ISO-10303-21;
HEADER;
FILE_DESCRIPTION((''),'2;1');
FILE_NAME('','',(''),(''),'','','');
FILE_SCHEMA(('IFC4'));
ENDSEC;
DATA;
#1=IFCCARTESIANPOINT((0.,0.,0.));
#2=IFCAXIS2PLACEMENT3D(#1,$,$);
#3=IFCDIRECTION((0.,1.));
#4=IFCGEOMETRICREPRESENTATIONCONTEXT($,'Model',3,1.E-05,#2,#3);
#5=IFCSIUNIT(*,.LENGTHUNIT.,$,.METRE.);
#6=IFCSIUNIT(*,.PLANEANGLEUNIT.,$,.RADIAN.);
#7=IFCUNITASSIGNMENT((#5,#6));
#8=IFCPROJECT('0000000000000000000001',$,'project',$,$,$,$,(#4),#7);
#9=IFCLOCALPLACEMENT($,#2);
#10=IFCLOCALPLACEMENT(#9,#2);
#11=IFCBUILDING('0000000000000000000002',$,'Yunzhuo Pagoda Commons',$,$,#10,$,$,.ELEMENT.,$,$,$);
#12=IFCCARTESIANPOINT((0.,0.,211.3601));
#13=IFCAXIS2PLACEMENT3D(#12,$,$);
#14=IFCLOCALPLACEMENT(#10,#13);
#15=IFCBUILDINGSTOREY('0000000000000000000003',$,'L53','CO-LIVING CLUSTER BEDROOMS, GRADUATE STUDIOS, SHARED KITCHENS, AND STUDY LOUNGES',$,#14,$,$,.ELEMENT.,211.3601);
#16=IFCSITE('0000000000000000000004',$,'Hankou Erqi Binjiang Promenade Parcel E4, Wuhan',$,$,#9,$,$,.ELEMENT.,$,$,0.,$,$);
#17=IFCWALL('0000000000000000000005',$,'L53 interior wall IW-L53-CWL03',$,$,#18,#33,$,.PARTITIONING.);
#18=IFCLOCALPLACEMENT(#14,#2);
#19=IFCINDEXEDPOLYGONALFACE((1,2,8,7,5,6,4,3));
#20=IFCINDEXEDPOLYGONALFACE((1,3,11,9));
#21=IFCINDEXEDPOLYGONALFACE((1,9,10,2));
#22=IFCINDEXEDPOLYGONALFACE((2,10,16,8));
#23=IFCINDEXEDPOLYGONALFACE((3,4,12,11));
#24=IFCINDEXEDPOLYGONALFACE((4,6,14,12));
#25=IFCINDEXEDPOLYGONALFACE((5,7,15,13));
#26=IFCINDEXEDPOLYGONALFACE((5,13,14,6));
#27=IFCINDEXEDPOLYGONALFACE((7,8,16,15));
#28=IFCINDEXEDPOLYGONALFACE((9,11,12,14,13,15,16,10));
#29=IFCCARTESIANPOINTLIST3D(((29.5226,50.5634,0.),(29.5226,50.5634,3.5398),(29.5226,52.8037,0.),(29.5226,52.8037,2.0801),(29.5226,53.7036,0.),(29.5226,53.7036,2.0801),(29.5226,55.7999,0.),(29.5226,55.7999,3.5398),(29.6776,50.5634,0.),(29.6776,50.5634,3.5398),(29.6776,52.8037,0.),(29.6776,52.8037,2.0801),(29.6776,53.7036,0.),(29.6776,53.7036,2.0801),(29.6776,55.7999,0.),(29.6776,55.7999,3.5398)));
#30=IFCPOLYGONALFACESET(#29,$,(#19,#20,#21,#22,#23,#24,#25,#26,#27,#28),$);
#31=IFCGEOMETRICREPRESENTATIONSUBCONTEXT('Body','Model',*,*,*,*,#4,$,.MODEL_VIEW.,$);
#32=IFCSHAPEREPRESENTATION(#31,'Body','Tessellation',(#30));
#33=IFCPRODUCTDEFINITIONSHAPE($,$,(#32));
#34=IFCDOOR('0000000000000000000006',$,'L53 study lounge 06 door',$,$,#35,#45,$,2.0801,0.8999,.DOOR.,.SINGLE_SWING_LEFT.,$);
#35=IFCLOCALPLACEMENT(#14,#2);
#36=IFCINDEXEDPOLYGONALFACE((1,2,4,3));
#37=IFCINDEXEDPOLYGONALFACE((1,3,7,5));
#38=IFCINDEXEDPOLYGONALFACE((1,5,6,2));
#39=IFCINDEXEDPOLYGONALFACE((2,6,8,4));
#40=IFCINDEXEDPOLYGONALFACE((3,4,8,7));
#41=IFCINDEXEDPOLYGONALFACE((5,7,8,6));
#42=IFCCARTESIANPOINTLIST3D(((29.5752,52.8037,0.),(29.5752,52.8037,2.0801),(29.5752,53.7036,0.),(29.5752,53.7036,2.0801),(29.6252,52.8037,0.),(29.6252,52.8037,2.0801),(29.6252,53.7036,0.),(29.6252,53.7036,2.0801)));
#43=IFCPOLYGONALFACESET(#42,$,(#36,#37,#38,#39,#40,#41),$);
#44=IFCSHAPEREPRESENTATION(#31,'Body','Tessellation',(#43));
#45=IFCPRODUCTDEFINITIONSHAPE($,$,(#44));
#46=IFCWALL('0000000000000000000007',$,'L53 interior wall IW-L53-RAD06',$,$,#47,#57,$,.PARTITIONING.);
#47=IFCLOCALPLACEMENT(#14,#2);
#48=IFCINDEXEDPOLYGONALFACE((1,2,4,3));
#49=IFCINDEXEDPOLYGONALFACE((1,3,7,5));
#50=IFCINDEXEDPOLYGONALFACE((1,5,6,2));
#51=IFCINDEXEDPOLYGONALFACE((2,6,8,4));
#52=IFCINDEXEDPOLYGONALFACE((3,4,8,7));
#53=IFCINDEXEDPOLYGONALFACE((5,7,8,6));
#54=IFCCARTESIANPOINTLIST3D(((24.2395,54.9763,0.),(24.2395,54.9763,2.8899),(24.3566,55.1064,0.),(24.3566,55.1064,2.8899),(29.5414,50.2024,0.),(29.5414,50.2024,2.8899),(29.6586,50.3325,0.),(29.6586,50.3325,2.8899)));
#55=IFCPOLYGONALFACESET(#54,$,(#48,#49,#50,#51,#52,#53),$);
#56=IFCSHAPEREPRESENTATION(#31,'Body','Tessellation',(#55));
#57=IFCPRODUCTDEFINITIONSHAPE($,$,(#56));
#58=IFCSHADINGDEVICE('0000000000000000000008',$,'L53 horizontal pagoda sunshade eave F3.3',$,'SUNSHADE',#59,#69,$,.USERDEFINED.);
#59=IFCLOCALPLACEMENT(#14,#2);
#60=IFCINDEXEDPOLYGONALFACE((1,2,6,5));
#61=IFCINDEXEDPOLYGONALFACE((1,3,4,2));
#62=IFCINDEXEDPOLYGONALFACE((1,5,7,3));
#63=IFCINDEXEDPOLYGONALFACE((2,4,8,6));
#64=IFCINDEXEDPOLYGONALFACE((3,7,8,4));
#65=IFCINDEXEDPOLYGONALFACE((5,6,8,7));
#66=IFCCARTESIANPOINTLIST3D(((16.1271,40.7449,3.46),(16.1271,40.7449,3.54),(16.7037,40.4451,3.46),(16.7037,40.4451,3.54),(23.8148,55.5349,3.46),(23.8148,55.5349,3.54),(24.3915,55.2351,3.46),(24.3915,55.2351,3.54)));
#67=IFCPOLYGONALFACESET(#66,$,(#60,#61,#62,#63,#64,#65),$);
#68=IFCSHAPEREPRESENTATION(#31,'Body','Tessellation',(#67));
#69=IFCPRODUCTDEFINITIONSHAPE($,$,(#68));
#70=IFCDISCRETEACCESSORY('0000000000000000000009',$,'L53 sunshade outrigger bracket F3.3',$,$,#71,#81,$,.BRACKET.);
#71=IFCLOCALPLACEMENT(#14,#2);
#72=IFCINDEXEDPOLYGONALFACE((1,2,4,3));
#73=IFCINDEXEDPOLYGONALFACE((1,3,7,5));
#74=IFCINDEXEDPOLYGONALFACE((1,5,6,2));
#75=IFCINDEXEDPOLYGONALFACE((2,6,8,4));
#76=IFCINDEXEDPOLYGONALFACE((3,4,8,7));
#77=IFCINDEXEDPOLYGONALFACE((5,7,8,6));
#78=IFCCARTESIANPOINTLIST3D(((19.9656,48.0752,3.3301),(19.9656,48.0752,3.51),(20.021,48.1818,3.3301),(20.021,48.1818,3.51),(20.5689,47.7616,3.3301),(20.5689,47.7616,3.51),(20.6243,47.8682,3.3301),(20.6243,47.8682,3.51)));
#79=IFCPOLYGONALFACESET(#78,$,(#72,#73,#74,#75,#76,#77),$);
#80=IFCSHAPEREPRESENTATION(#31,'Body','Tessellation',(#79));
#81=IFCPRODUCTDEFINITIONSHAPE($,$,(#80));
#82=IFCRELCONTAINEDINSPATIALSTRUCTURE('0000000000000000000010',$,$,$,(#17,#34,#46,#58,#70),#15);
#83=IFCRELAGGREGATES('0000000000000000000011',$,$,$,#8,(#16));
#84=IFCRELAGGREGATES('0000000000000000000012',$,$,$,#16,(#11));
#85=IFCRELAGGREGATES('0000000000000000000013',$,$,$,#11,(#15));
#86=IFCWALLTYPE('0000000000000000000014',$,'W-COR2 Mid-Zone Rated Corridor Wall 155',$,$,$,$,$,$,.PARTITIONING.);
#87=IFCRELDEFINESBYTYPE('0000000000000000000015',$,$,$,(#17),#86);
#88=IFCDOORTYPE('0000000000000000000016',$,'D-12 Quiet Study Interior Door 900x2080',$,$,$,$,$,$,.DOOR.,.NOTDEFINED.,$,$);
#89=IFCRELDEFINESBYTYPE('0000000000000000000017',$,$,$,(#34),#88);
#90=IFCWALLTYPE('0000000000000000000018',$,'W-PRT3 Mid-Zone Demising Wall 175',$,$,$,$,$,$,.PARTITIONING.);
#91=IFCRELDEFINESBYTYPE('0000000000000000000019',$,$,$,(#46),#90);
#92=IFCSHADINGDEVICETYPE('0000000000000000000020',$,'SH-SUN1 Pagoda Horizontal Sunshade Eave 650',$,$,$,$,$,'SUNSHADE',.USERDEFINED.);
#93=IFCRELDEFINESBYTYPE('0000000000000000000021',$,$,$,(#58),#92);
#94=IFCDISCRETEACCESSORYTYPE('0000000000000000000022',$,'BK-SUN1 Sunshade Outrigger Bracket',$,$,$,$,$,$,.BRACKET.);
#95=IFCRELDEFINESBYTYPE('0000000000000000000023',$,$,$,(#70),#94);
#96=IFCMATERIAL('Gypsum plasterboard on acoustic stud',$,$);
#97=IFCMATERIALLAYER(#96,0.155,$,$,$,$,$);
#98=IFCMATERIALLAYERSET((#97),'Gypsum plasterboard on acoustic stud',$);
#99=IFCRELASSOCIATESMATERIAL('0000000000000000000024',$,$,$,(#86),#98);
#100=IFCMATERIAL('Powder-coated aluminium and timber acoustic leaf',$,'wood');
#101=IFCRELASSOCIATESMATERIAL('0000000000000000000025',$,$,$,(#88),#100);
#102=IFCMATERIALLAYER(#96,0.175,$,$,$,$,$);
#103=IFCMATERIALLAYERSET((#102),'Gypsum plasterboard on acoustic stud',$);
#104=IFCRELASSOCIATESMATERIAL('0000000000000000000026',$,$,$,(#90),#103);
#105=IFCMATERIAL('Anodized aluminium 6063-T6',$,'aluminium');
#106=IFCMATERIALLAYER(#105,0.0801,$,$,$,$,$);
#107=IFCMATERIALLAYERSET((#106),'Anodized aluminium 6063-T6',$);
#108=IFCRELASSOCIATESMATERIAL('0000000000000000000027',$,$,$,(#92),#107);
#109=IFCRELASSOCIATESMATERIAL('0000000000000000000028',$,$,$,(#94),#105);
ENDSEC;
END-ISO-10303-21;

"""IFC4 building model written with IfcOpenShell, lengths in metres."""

from ifc_helpers import new_model, si_unit, direction, frame, frame_2d, origin, origin_with_axes, origin_2d, place, context, subcontext, project, spatial, rectangle, extrude, source, transform, mapped, material, layer, layer_set, type_object, element, fill, save


model = new_model("IFC4")

# Units and contexts
model_context = context("Model", 3, precision=1e-05, world=origin(), true_north=direction((0.0, 1.0)))
body_context = subcontext(model_context, "Body", "Model", "MODEL_VIEW")
ifc_project = project(units=[si_unit("LENGTHUNIT", "METRE"), si_unit("PLANEANGLEUNIT", "RADIAN")], contexts=[model_context])

# Site, building, storey
site_placement = place(None, origin())
site = spatial("IfcSite", under=ifc_project, at=site_placement, Name="Hankou Erqi Binjiang Promenade Parcel E4, Wuhan", CompositionType="ELEMENT", RefElevation=0.0)
building_placement = place(site_placement, origin())
building = spatial("IfcBuilding", under=site, at=building_placement, Name="Yunzhuo Pagoda Commons", CompositionType="ELEMENT")
storey_placement = place(building_placement, frame((0.0, 0.0, 211.3601)))
storey = spatial("IfcBuildingStorey", under=building, at=storey_placement, Name="L53", Description="CO-LIVING CLUSTER BEDROOMS, GRADUATE STUDIOS, SHARED KITCHENS, AND STUDY LOUNGES", CompositionType="ELEMENT", Elevation=211.3601)

# Shared definitions
ifc_material_1 = material(Name="Anodized aluminium 6063-T6", Category="aluminium")

# Wall, opening, door
ifc_material_2 = material(Name="Gypsum plasterboard on acoustic stud")
ifc_layer_1 = layer(ifc_material_2, 0.155)
ifc_layer_set_1 = layer_set([ifc_layer_1], Name="Gypsum plasterboard on acoustic stud")
wall_type_1 = type_object("IfcWallType", Name="W-COR2 Mid-Zone Rated Corridor Wall 155", PredefinedType="PARTITIONING", material=ifc_layer_set_1)
wall_1_placement = place(storey_placement, frame((29.6001, 50.5635, 0.0), z_axis=(0.0, 0.0, 1.0), x_axis=(0.0, 1.0, 0.0)))
wall_1 = element("IfcWall", 1, at=wall_1_placement, inside=storey, type_object=wall_type_1, Name="L53 interior wall IW-L53-CWL03", PredefinedType="PARTITIONING", context=body_context, shape_type="SweptSolid", body=[
    extrude(rectangle(XDim=5.2366, YDim=0.155, at=frame_2d((2.6182, 0.0))), origin(), (0.0, 0.0, 1.0), 3.5398),
])
opening_placement = place(wall_1_placement, frame((2.2402, 0.0, 0.0)))
opening = element("IfcOpeningElement", 2, at=opening_placement, cuts=wall_1, PredefinedType="OPENING", context=body_context, shape_type="SweptSolid", body=[
    extrude(rectangle(XDim=0.8999, YDim=2.0801, at=frame_2d((0.45, 1.04))), frame((0.0, 0.0874, 0.0), z_axis=(0.0, -1.0, 0.0), x_axis=(1.0, 0.0, 0.0)), (0.0, 0.0, 1.0), 0.175),
])
ifc_material_3 = material(Name="Powder-coated aluminium and timber acoustic leaf", Category="wood")
door_type = type_object("IfcDoorType", Name="D-12 Quiet Study Interior Door 900x2080", OperationType="NOTDEFINED", PredefinedType="DOOR", material=ifc_material_3)
shared_shape_1 = source(origin(), body_context, "Body", "SweptSolid", [
    extrude(rectangle(XDim=0.8999, YDim=2.0801, at=frame_2d((0.45, 1.04))), frame((0.0, 0.0249, 0.0), z_axis=(0.0, -1.0, 0.0), x_axis=(1.0, 0.0, 0.0)), (0.0, 0.0, 1.0), 0.05),
])
door_placement = place(opening_placement, origin_with_axes())
door = element("IfcDoor", 3, at=door_placement, inside=storey, type_object=door_type, Name="L53 study lounge 06 door", OperationType="SINGLE_SWING_LEFT", OverallHeight=2.0801, OverallWidth=0.8999, PredefinedType="DOOR", context=body_context, shape_type="MappedRepresentation", body=[
    mapped(shared_shape_1, transform((0.0, 0.0, 0.0), scale=1.0)),
])
fill(opening, door)

# Wall
ifc_layer_2 = layer(ifc_material_2, 0.175)
ifc_layer_set_2 = layer_set([ifc_layer_2], Name="Gypsum plasterboard on acoustic stud")
wall_type_2 = type_object("IfcWallType", Name="W-PRT3 Mid-Zone Demising Wall 175", PredefinedType="PARTITIONING", material=ifc_layer_set_2)
wall_2_placement = place(storey_placement, frame((29.6001, 50.2673, 0.0), z_axis=(0.0, 0.0, 1.0), x_axis=(-0.743146, 0.669129, 0.0)))
element("IfcWall", 4, at=wall_2_placement, inside=storey, type_object=wall_type_2, Name="L53 interior wall IW-L53-RAD06", PredefinedType="PARTITIONING", context=body_context, shape_type="SweptSolid", body=[
    extrude(rectangle(XDim=7.1345, YDim=0.175, at=frame_2d((3.5674, 0.0))), origin(), (0.0, 0.0, 1.0), 2.8899),
])

# Shading device
ifc_layer_3 = layer(ifc_material_1, 0.0801)
ifc_layer_set_3 = layer_set([ifc_layer_3], Name="Anodized aluminium 6063-T6")
shading_device_type = type_object("IfcShadingDeviceType", Name="SH-SUN1 Pagoda Horizontal Sunshade Eave 650", ElementType="SUNSHADE", PredefinedType="USERDEFINED", material=ifc_layer_set_3)
shared_shape_2 = source(origin(), body_context, "Body", "SweptSolid", [
    extrude(rectangle(XDim=16.6687, YDim=0.6499, at=origin_2d()), origin(), (0.0, 0.0, 1.0), 0.0801),
])
shading_device_placement = place(storey_placement, frame((20.2593, 47.99, 3.46), z_axis=(0.0, 0.0, 1.0), x_axis=(-0.461207, -0.887293, 0.0)))
element("IfcShadingDevice", 5, at=shading_device_placement, inside=storey, type_object=shading_device_type, Name="L53 horizontal pagoda sunshade eave F3.3", ObjectType="SUNSHADE", PredefinedType="USERDEFINED", context=body_context, shape_type="MappedRepresentation", body=[
    mapped(shared_shape_2, transform((0.0, 0.0, 0.0), scale=1.0)),
])

# Discrete accessory
discrete_accessory_type = type_object("IfcDiscreteAccessoryType", Name="BK-SUN1 Sunshade Outrigger Bracket", PredefinedType="BRACKET", material=ifc_material_1)
shared_shape_3 = source(origin(), body_context, "Body", "SweptSolid", [
    extrude(rectangle(XDim=0.1201, YDim=0.6799, at=origin_2d()), origin(), (0.0, 0.0, 1.0), 0.1799),
])
discrete_accessory_placement = place(storey_placement, frame((20.2949, 47.9717, 3.3301), z_axis=(0.0, 0.0, 1.0), x_axis=(-0.461207, -0.887293, 0.0)))
element("IfcDiscreteAccessory", 6, at=discrete_accessory_placement, inside=storey, type_object=discrete_accessory_type, Name="L53 sunshade outrigger bracket F3.3", PredefinedType="BRACKET", context=body_context, shape_type="MappedRepresentation", body=[
    mapped(shared_shape_3, transform((0.0, 0.0, 0.0), scale=1.0)),
])

save(model, "model.ifc")
